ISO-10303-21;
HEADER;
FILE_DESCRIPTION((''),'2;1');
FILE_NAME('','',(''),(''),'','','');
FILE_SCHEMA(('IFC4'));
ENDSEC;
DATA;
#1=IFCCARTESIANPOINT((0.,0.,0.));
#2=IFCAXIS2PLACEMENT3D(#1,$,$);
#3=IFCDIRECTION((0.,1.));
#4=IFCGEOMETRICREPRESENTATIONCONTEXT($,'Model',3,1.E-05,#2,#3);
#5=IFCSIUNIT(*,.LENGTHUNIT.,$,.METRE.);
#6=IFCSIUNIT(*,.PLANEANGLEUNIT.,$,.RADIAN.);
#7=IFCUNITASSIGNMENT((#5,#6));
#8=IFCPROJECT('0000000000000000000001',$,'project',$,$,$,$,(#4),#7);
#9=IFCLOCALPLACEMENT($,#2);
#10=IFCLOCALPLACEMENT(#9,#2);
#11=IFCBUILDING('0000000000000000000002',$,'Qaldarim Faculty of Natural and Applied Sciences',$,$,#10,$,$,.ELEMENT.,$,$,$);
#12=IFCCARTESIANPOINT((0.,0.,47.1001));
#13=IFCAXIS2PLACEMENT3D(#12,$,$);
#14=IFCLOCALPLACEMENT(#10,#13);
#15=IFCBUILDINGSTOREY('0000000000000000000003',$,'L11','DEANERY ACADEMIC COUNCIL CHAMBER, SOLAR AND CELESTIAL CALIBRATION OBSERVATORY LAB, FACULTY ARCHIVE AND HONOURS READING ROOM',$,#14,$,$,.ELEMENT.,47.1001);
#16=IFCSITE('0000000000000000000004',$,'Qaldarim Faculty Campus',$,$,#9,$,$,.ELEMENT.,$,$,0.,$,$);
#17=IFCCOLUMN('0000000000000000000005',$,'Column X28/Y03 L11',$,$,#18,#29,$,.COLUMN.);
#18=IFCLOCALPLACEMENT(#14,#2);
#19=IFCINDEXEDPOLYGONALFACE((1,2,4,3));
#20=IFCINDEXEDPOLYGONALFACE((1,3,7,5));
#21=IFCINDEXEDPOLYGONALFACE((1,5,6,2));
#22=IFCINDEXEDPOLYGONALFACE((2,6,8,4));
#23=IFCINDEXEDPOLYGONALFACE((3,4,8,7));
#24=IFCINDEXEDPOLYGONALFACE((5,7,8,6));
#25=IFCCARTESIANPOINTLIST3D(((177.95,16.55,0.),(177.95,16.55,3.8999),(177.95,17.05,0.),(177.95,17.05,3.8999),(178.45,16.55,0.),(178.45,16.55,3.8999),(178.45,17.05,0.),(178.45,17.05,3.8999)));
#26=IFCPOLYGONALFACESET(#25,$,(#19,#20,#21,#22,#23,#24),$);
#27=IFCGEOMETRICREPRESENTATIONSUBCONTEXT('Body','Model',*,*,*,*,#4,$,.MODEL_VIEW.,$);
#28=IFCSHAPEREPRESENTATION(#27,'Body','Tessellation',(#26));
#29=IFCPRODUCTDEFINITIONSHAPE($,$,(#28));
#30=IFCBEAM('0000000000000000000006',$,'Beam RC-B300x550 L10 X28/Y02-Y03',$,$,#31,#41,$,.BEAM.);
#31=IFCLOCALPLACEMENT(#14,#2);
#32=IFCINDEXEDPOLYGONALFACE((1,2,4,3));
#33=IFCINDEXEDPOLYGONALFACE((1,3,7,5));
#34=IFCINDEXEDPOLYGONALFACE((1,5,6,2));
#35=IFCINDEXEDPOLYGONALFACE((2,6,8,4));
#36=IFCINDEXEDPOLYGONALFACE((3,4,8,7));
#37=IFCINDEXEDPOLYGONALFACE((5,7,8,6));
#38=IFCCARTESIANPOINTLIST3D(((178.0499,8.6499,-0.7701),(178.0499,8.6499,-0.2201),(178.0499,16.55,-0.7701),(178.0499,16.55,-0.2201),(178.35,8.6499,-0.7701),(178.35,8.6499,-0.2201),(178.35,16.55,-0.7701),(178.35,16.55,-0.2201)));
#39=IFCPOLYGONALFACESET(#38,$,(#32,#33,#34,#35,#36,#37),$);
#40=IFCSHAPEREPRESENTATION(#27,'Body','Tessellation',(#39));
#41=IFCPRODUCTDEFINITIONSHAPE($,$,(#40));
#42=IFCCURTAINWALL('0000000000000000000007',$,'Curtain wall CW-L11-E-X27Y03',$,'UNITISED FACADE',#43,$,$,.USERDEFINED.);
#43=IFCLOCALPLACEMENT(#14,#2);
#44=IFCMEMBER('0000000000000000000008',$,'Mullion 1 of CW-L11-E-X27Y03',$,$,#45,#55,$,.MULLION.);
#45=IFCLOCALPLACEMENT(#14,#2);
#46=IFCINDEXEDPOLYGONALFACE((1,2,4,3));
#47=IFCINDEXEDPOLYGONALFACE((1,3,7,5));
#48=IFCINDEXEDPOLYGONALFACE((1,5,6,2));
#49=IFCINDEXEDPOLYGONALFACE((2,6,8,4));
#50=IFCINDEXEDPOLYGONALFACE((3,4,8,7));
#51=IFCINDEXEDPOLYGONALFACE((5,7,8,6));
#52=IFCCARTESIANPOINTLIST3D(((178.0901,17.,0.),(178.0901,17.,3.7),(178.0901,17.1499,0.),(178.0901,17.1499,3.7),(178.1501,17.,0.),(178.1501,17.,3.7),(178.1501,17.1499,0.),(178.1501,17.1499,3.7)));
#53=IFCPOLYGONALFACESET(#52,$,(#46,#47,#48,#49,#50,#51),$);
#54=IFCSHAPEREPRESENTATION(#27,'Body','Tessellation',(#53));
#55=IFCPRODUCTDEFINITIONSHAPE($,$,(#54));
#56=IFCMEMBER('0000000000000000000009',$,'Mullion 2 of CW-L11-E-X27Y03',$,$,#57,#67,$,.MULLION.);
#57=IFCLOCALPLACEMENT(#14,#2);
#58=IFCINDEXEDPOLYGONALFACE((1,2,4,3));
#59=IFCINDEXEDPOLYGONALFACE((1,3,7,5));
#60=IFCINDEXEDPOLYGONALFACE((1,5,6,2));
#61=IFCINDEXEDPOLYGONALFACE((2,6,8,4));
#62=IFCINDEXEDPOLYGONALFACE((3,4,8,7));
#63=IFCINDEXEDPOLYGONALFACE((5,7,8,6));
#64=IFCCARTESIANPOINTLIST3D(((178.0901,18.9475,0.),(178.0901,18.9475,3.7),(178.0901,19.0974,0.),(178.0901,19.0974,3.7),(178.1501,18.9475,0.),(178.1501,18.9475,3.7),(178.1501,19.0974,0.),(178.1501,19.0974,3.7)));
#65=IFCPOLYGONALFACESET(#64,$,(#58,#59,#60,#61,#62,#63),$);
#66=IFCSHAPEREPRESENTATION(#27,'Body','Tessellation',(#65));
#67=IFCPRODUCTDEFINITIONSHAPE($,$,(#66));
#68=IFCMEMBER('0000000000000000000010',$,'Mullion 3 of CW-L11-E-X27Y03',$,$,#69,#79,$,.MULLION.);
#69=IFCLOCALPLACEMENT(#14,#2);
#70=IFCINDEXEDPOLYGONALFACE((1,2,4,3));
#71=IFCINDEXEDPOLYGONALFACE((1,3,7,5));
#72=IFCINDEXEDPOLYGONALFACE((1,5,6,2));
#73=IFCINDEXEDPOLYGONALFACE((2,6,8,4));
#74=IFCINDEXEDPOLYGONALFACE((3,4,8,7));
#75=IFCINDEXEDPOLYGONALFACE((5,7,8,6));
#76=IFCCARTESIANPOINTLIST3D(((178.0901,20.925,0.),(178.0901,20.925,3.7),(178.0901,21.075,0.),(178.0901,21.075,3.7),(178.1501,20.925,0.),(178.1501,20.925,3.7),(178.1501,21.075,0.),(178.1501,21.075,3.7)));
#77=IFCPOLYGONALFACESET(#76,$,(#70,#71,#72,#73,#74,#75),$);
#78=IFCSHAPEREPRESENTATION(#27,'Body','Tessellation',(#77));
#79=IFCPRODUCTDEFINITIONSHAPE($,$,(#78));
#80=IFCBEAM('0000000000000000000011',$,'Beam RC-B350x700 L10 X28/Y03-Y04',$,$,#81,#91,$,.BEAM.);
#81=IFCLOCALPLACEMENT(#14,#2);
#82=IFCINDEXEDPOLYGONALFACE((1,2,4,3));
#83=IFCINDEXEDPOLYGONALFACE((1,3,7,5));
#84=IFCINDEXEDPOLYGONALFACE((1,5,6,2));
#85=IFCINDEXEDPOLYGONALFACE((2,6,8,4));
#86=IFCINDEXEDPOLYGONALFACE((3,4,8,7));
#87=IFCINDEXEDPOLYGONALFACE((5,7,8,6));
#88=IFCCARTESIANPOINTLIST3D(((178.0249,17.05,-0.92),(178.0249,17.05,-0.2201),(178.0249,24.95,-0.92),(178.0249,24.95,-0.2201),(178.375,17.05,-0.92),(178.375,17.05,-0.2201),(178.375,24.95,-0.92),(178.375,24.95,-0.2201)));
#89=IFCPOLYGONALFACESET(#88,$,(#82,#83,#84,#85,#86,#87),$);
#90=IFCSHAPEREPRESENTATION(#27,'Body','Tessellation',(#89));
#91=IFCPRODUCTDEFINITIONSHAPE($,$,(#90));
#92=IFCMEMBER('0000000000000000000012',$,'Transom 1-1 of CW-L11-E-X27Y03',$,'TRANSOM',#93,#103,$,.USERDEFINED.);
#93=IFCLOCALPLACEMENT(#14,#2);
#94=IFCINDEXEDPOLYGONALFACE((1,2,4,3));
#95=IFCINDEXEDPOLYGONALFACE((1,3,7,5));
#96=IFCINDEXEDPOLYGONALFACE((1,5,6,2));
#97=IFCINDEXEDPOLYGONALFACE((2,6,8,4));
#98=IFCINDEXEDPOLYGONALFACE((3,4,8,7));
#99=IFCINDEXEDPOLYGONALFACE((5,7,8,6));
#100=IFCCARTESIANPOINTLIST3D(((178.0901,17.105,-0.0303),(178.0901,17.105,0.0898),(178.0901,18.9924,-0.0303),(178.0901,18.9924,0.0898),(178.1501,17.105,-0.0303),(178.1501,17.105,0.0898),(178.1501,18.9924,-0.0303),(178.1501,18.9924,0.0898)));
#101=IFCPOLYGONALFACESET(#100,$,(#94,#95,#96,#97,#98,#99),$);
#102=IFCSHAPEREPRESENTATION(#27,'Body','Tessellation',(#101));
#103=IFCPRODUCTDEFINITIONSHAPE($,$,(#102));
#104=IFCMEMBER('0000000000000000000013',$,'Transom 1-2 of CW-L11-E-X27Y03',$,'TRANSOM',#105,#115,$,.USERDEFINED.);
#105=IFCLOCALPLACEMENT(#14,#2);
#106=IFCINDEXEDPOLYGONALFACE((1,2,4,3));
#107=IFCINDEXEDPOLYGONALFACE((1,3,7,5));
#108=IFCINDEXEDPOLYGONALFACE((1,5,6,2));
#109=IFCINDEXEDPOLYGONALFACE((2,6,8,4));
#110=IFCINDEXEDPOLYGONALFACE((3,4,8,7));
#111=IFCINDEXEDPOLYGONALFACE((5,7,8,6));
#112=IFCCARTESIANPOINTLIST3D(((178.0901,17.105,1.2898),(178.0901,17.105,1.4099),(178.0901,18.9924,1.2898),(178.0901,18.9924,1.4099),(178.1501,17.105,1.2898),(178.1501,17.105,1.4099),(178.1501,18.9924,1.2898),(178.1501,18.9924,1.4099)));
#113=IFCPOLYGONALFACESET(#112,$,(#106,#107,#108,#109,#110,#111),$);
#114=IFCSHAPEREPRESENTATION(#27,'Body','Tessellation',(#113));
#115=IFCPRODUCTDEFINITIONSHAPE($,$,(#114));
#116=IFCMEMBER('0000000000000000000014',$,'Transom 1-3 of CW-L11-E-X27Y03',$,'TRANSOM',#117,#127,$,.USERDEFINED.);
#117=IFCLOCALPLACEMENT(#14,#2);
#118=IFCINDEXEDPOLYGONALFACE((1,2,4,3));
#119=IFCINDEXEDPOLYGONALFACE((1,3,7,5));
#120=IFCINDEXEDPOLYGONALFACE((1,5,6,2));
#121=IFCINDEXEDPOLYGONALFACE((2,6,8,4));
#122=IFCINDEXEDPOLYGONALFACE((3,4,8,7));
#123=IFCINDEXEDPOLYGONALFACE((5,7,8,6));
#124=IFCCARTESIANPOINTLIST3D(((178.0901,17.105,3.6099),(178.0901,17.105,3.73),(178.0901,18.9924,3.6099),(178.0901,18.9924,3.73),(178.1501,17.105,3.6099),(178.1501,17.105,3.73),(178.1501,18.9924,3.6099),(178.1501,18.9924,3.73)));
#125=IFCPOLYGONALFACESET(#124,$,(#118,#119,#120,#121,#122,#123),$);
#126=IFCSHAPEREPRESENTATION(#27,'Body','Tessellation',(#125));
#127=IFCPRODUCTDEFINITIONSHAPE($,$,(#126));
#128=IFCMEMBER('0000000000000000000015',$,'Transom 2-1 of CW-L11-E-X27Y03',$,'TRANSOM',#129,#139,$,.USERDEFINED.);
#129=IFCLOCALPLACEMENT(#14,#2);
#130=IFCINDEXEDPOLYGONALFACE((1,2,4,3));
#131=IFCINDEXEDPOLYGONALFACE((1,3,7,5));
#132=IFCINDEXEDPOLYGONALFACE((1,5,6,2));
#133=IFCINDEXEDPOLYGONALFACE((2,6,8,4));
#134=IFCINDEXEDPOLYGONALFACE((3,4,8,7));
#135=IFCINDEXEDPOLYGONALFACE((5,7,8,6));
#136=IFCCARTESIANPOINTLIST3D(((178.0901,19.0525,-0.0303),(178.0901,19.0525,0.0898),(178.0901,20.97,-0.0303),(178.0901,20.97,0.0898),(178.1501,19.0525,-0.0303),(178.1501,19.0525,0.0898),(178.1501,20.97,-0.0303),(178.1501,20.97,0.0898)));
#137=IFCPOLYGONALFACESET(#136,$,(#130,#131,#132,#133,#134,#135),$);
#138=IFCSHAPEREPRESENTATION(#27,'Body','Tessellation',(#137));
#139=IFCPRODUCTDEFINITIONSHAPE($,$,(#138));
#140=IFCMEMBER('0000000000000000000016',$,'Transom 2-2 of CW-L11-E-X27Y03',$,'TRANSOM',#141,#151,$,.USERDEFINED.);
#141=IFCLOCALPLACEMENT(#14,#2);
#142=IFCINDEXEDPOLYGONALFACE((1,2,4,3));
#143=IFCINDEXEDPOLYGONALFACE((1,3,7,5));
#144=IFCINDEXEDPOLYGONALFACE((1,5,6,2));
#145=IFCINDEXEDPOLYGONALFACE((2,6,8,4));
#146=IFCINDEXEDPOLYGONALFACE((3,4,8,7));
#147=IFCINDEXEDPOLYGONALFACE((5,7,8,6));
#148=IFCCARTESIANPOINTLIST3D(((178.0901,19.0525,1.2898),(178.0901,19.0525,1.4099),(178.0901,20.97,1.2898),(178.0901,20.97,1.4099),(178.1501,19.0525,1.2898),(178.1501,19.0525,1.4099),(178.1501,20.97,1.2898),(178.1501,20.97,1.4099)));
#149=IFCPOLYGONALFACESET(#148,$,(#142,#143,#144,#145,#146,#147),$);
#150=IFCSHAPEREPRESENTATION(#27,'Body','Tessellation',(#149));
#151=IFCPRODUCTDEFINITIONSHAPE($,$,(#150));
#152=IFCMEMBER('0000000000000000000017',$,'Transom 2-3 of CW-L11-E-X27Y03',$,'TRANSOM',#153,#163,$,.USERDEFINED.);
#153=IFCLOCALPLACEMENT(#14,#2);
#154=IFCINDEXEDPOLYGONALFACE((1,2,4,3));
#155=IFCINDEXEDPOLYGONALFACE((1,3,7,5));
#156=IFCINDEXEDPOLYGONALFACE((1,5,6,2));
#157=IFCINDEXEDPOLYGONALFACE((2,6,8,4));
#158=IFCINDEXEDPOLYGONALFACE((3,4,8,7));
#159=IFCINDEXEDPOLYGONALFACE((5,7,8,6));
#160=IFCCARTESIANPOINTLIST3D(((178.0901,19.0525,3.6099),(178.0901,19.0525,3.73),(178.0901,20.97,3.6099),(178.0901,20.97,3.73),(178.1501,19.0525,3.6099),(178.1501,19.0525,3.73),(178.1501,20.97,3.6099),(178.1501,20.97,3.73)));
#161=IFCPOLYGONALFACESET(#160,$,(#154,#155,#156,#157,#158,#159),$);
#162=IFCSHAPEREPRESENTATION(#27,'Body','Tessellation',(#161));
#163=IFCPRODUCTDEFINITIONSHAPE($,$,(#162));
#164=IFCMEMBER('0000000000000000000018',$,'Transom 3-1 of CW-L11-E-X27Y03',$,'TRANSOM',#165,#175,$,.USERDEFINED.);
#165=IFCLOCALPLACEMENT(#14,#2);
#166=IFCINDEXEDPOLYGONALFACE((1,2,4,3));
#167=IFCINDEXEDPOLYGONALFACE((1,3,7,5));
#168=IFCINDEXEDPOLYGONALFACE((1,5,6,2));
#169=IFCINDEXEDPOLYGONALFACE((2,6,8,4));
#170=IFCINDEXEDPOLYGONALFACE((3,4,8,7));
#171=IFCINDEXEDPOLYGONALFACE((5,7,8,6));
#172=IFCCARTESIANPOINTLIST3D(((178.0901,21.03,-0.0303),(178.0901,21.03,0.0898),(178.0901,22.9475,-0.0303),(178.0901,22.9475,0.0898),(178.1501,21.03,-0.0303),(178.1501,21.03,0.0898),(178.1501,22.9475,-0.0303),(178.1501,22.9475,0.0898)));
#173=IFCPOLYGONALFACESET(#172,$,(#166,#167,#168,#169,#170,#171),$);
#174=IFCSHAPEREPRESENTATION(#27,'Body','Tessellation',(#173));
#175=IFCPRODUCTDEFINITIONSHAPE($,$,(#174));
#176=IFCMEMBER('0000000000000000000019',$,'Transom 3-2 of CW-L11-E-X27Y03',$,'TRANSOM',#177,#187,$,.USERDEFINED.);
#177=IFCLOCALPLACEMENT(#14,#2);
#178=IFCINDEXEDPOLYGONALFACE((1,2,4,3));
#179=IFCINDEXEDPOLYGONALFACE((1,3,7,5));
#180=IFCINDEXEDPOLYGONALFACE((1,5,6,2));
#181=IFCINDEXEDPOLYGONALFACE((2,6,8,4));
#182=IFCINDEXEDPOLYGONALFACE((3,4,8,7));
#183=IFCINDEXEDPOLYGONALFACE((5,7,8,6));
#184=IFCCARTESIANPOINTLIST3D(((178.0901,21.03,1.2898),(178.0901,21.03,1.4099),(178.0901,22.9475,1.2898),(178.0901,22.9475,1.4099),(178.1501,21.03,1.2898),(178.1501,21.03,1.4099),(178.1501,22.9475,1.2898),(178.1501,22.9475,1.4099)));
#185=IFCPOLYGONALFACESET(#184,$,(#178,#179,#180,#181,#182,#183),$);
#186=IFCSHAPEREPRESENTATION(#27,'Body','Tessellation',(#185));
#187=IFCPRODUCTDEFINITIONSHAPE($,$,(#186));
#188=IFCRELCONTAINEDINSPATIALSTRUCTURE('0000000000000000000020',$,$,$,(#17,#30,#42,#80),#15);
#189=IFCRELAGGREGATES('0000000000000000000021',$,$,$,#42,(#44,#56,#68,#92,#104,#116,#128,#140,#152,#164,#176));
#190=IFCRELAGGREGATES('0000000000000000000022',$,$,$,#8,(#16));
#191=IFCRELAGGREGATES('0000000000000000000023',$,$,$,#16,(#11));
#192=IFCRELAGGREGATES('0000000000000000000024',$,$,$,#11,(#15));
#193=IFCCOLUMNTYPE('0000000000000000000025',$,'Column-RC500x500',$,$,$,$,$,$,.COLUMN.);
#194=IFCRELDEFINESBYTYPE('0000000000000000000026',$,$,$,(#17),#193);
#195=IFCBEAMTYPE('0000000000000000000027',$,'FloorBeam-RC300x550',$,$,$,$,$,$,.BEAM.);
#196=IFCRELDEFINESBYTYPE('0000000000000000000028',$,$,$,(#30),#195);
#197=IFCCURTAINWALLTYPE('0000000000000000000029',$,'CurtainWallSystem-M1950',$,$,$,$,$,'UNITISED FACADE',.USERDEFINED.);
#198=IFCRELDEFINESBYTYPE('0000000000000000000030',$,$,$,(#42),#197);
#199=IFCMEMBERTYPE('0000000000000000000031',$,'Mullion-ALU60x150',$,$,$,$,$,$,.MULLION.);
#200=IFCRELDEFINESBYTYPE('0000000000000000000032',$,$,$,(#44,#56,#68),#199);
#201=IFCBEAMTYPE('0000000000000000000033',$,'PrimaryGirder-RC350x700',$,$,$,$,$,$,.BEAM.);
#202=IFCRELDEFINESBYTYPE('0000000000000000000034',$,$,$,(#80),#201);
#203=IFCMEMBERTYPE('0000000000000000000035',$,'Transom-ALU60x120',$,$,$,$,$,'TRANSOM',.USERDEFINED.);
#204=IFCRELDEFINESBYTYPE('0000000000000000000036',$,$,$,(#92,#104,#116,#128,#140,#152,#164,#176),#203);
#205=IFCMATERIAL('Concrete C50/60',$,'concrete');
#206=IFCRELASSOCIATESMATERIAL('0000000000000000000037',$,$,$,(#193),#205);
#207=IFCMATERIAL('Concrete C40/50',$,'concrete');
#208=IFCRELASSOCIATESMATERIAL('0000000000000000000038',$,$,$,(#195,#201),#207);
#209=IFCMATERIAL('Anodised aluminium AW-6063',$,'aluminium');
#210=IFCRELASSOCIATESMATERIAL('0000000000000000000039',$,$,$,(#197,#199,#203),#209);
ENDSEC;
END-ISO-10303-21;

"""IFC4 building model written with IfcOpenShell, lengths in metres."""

from ifc_helpers import new_model, si_unit, direction, frame, origin, origin_2d, place, context, subcontext, project, spatial, rectangle, extrude, material, material_profile, profile_set, type_object, element, aggregate, save


model = new_model("IFC4")

# Units and contexts
model_context = context("Model", 3, precision=1e-05, world=origin(), true_north=direction((0.0, 1.0)))
body_context = subcontext(model_context, "Body", "Model", "MODEL_VIEW")
ifc_project = project(units=[si_unit("LENGTHUNIT", "METRE"), si_unit("PLANEANGLEUNIT", "RADIAN")], contexts=[model_context])

# Site, building, storey
site_placement = place(None, origin())
site = spatial("IfcSite", under=ifc_project, at=site_placement, Name="Qaldarim Faculty Campus", CompositionType="ELEMENT", RefElevation=0.0)
building_placement = place(site_placement, origin())
building = spatial("IfcBuilding", under=site, at=building_placement, Name="Qaldarim Faculty of Natural and Applied Sciences", CompositionType="ELEMENT")
storey_placement = place(building_placement, frame((0.0, 0.0, 47.1001)))
storey = spatial("IfcBuildingStorey", under=building, at=storey_placement, Name="L11", Description="DEANERY ACADEMIC COUNCIL CHAMBER, SOLAR AND CELESTIAL CALIBRATION OBSERVATORY LAB, FACULTY ARCHIVE AND HONOURS READING ROOM", CompositionType="ELEMENT", Elevation=47.1001)

# Column
ifc_material_1 = material(Name="Concrete C50/60", Category="concrete")
ifc_material_profile_1 = material_profile(ifc_material_1, rectangle(XDim=0.5, YDim=0.5, at=origin_2d()), Name="RC-C500x500")
ifc_profile_set_1 = profile_set([ifc_material_profile_1], Name="Concrete C50/60")
column_type = type_object("IfcColumnType", Name="Column-RC500x500", PredefinedType="COLUMN", material=ifc_profile_set_1)
column_placement = place(storey_placement, frame((178.2, 16.8, 0.0), z_axis=(0.0, 0.0, 1.0), x_axis=(1.0, 0.0, 0.0)))
element("IfcColumn", 1, at=column_placement, inside=storey, type_object=column_type, Name="Column X28/Y03 L11", PredefinedType="COLUMN", context=body_context, shape_type="SweptSolid", body=[
    extrude(rectangle(XDim=0.5, YDim=0.5, at=origin_2d()), origin(), (0.0, 0.0, 1.0), 3.8999),
])

# Beam
ifc_material_2 = material(Name="Concrete C40/50", Category="concrete")
ifc_material_profile_2 = material_profile(ifc_material_2, rectangle(XDim=0.3, YDim=0.55, at=origin_2d()), Name="RC-B300x550")
ifc_profile_set_2 = profile_set([ifc_material_profile_2], Name="Concrete C40/50")
beam_type_1 = type_object("IfcBeamType", Name="FloorBeam-RC300x550", PredefinedType="BEAM", material=ifc_profile_set_2)
beam_1_placement = place(storey_placement, frame((178.2, 8.6499, -0.4951), z_axis=(0.0, 1.0, 0.0), x_axis=(-1.0, 0.0, 0.0)))
element("IfcBeam", 2, at=beam_1_placement, inside=storey, type_object=beam_type_1, Name="Beam RC-B300x550 L10 X28/Y02-Y03", PredefinedType="BEAM", context=body_context, shape_type="SweptSolid", body=[
    extrude(rectangle(XDim=0.3, YDim=0.55, at=origin_2d()), origin(), (0.0, 0.0, 1.0), 7.9001),
])

# Curtain wall, members
ifc_material_3 = material(Name="Anodised aluminium AW-6063", Category="aluminium")
curtain_wall_type = type_object("IfcCurtainWallType", Name="CurtainWallSystem-M1950", ElementType="UNITISED FACADE", PredefinedType="USERDEFINED", material=ifc_material_3)
curtain_wall_placement = place(storey_placement, origin())
curtain_wall = element("IfcCurtainWall", 3, at=curtain_wall_placement, inside=storey, type_object=curtain_wall_type, Name="Curtain wall CW-L11-E-X27Y03", ObjectType="UNITISED FACADE", PredefinedType="USERDEFINED")
ifc_material_profile_3 = material_profile(ifc_material_3, rectangle(XDim=0.0601, YDim=0.1499, at=origin_2d()), Name="ALU-M60x150")
ifc_profile_set_3 = profile_set([ifc_material_profile_3], Name="Anodised aluminium AW-6063")
member_type_1 = type_object("IfcMemberType", Name="Mullion-ALU60x150", PredefinedType="MULLION", material=ifc_profile_set_3)
member_1_placement = place(storey_placement, frame((178.1201, 17.075, 0.0), z_axis=(0.0, 0.0, 1.0), x_axis=(-1.0, 0.0, 0.0)))
member_1 = element("IfcMember", 4, at=member_1_placement, type_object=member_type_1, Name="Mullion 1 of CW-L11-E-X27Y03", PredefinedType="MULLION", context=body_context, shape_type="SweptSolid", body=[
    extrude(rectangle(XDim=0.0601, YDim=0.1499, at=origin_2d()), origin(), (0.0, 0.0, 1.0), 3.7),
])
member_2_placement = place(storey_placement, frame((178.1201, 19.0225, 0.0), z_axis=(0.0, 0.0, 1.0), x_axis=(-1.0, 0.0, 0.0)))
member_2 = element("IfcMember", 5, at=member_2_placement, type_object=member_type_1, Name="Mullion 2 of CW-L11-E-X27Y03", PredefinedType="MULLION", context=body_context, shape_type="SweptSolid", body=[
    extrude(rectangle(XDim=0.0601, YDim=0.1499, at=origin_2d()), origin(), (0.0, 0.0, 1.0), 3.7),
])
member_3_placement = place(storey_placement, frame((178.1201, 21.0, 0.0), z_axis=(0.0, 0.0, 1.0), x_axis=(-1.0, 0.0, 0.0)))
member_3 = element("IfcMember", 6, at=member_3_placement, type_object=member_type_1, Name="Mullion 3 of CW-L11-E-X27Y03", PredefinedType="MULLION", context=body_context, shape_type="SweptSolid", body=[
    extrude(rectangle(XDim=0.0601, YDim=0.1499, at=origin_2d()), origin(), (0.0, 0.0, 1.0), 3.7),
])

# Beam
ifc_material_profile_4 = material_profile(ifc_material_2, rectangle(XDim=0.3501, YDim=0.7, at=origin_2d()), Name="RC-B350x700")
ifc_profile_set_4 = profile_set([ifc_material_profile_4], Name="Concrete C40/50")
beam_type_2 = type_object("IfcBeamType", Name="PrimaryGirder-RC350x700", PredefinedType="BEAM", material=ifc_profile_set_4)
beam_2_placement = place(storey_placement, frame((178.2, 17.05, -0.5701), z_axis=(0.0, 1.0, 0.0), x_axis=(-1.0, 0.0, 0.0)))
element("IfcBeam", 7, at=beam_2_placement, inside=storey, type_object=beam_type_2, Name="Beam RC-B350x700 L10 X28/Y03-Y04", PredefinedType="BEAM", context=body_context, shape_type="SweptSolid", body=[
    extrude(rectangle(XDim=0.3501, YDim=0.7, at=origin_2d()), origin(), (0.0, 0.0, 1.0), 7.8999),
])

# Members
ifc_material_profile_5 = material_profile(ifc_material_3, rectangle(XDim=0.0601, YDim=0.1201, at=origin_2d()), Name="ALU-T60x120")
ifc_profile_set_5 = profile_set([ifc_material_profile_5], Name="Anodised aluminium AW-6063")
member_type_2 = type_object("IfcMemberType", Name="Transom-ALU60x120", ElementType="TRANSOM", PredefinedType="USERDEFINED", material=ifc_profile_set_5)
member_4_placement = place(storey_placement, frame((178.1201, 17.105, 0.0298), z_axis=(0.0, 1.0, 0.0), x_axis=(-1.0, 0.0, 0.0)))
member_4 = element("IfcMember", 8, at=member_4_placement, type_object=member_type_2, Name="Transom 1-1 of CW-L11-E-X27Y03", ObjectType="TRANSOM", PredefinedType="USERDEFINED", context=body_context, shape_type="SweptSolid", body=[
    extrude(rectangle(XDim=0.0601, YDim=0.1201, at=origin_2d()), origin(), (0.0, 0.0, 1.0), 1.8875),
])
member_5_placement = place(storey_placement, frame((178.1201, 17.105, 1.3499), z_axis=(0.0, 1.0, 0.0), x_axis=(-1.0, 0.0, 0.0)))
member_5 = element("IfcMember", 9, at=member_5_placement, type_object=member_type_2, Name="Transom 1-2 of CW-L11-E-X27Y03", ObjectType="TRANSOM", PredefinedType="USERDEFINED", context=body_context, shape_type="SweptSolid", body=[
    extrude(rectangle(XDim=0.0601, YDim=0.1201, at=origin_2d()), origin(), (0.0, 0.0, 1.0), 1.8875),
])
member_6_placement = place(storey_placement, frame((178.1201, 17.105, 3.6699), z_axis=(0.0, 1.0, 0.0), x_axis=(-1.0, 0.0, 0.0)))
member_6 = element("IfcMember", 10, at=member_6_placement, type_object=member_type_2, Name="Transom 1-3 of CW-L11-E-X27Y03", ObjectType="TRANSOM", PredefinedType="USERDEFINED", context=body_context, shape_type="SweptSolid", body=[
    extrude(rectangle(XDim=0.0601, YDim=0.1201, at=origin_2d()), origin(), (0.0, 0.0, 1.0), 1.8875),
])
member_7_placement = place(storey_placement, frame((178.1201, 19.0525, 0.0298), z_axis=(0.0, 1.0, 0.0), x_axis=(-1.0, 0.0, 0.0)))
member_7 = element("IfcMember", 11, at=member_7_placement, type_object=member_type_2, Name="Transom 2-1 of CW-L11-E-X27Y03", ObjectType="TRANSOM", PredefinedType="USERDEFINED", context=body_context, shape_type="SweptSolid", body=[
    extrude(rectangle(XDim=0.0601, YDim=0.1201, at=origin_2d()), origin(), (0.0, 0.0, 1.0), 1.9175),
])
member_8_placement = place(storey_placement, frame((178.1201, 19.0525, 1.3499), z_axis=(0.0, 1.0, 0.0), x_axis=(-1.0, 0.0, 0.0)))
member_8 = element("IfcMember", 12, at=member_8_placement, type_object=member_type_2, Name="Transom 2-2 of CW-L11-E-X27Y03", ObjectType="TRANSOM", PredefinedType="USERDEFINED", context=body_context, shape_type="SweptSolid", body=[
    extrude(rectangle(XDim=0.0601, YDim=0.1201, at=origin_2d()), origin(), (0.0, 0.0, 1.0), 1.9175),
])
member_9_placement = place(storey_placement, frame((178.1201, 19.0525, 3.6699), z_axis=(0.0, 1.0, 0.0), x_axis=(-1.0, 0.0, 0.0)))
member_9 = element("IfcMember", 13, at=member_9_placement, type_object=member_type_2, Name="Transom 2-3 of CW-L11-E-X27Y03", ObjectType="TRANSOM", PredefinedType="USERDEFINED", context=body_context, shape_type="SweptSolid", body=[
    extrude(rectangle(XDim=0.0601, YDim=0.1201, at=origin_2d()), origin(), (0.0, 0.0, 1.0), 1.9175),
])
member_10_placement = place(storey_placement, frame((178.1201, 21.03, 0.0298), z_axis=(0.0, 1.0, 0.0), x_axis=(-1.0, 0.0, 0.0)))
member_10 = element("IfcMember", 14, at=member_10_placement, type_object=member_type_2, Name="Transom 3-1 of CW-L11-E-X27Y03", ObjectType="TRANSOM", PredefinedType="USERDEFINED", context=body_context, shape_type="SweptSolid", body=[
    extrude(rectangle(XDim=0.0601, YDim=0.1201, at=origin_2d()), origin(), (0.0, 0.0, 1.0), 1.9175),
])
member_11_placement = place(storey_placement, frame((178.1201, 21.03, 1.3499), z_axis=(0.0, 1.0, 0.0), x_axis=(-1.0, 0.0, 0.0)))
member_11 = element("IfcMember", 15, at=member_11_placement, type_object=member_type_2, Name="Transom 3-2 of CW-L11-E-X27Y03", ObjectType="TRANSOM", PredefinedType="USERDEFINED", context=body_context, shape_type="SweptSolid", body=[
    extrude(rectangle(XDim=0.0601, YDim=0.1201, at=origin_2d()), origin(), (0.0, 0.0, 1.0), 1.9175),
])

aggregate(curtain_wall, [member_1, member_2, member_3, member_4, member_5, member_6, member_7, member_8, member_9, member_10, member_11])

save(model, "model.ifc")
